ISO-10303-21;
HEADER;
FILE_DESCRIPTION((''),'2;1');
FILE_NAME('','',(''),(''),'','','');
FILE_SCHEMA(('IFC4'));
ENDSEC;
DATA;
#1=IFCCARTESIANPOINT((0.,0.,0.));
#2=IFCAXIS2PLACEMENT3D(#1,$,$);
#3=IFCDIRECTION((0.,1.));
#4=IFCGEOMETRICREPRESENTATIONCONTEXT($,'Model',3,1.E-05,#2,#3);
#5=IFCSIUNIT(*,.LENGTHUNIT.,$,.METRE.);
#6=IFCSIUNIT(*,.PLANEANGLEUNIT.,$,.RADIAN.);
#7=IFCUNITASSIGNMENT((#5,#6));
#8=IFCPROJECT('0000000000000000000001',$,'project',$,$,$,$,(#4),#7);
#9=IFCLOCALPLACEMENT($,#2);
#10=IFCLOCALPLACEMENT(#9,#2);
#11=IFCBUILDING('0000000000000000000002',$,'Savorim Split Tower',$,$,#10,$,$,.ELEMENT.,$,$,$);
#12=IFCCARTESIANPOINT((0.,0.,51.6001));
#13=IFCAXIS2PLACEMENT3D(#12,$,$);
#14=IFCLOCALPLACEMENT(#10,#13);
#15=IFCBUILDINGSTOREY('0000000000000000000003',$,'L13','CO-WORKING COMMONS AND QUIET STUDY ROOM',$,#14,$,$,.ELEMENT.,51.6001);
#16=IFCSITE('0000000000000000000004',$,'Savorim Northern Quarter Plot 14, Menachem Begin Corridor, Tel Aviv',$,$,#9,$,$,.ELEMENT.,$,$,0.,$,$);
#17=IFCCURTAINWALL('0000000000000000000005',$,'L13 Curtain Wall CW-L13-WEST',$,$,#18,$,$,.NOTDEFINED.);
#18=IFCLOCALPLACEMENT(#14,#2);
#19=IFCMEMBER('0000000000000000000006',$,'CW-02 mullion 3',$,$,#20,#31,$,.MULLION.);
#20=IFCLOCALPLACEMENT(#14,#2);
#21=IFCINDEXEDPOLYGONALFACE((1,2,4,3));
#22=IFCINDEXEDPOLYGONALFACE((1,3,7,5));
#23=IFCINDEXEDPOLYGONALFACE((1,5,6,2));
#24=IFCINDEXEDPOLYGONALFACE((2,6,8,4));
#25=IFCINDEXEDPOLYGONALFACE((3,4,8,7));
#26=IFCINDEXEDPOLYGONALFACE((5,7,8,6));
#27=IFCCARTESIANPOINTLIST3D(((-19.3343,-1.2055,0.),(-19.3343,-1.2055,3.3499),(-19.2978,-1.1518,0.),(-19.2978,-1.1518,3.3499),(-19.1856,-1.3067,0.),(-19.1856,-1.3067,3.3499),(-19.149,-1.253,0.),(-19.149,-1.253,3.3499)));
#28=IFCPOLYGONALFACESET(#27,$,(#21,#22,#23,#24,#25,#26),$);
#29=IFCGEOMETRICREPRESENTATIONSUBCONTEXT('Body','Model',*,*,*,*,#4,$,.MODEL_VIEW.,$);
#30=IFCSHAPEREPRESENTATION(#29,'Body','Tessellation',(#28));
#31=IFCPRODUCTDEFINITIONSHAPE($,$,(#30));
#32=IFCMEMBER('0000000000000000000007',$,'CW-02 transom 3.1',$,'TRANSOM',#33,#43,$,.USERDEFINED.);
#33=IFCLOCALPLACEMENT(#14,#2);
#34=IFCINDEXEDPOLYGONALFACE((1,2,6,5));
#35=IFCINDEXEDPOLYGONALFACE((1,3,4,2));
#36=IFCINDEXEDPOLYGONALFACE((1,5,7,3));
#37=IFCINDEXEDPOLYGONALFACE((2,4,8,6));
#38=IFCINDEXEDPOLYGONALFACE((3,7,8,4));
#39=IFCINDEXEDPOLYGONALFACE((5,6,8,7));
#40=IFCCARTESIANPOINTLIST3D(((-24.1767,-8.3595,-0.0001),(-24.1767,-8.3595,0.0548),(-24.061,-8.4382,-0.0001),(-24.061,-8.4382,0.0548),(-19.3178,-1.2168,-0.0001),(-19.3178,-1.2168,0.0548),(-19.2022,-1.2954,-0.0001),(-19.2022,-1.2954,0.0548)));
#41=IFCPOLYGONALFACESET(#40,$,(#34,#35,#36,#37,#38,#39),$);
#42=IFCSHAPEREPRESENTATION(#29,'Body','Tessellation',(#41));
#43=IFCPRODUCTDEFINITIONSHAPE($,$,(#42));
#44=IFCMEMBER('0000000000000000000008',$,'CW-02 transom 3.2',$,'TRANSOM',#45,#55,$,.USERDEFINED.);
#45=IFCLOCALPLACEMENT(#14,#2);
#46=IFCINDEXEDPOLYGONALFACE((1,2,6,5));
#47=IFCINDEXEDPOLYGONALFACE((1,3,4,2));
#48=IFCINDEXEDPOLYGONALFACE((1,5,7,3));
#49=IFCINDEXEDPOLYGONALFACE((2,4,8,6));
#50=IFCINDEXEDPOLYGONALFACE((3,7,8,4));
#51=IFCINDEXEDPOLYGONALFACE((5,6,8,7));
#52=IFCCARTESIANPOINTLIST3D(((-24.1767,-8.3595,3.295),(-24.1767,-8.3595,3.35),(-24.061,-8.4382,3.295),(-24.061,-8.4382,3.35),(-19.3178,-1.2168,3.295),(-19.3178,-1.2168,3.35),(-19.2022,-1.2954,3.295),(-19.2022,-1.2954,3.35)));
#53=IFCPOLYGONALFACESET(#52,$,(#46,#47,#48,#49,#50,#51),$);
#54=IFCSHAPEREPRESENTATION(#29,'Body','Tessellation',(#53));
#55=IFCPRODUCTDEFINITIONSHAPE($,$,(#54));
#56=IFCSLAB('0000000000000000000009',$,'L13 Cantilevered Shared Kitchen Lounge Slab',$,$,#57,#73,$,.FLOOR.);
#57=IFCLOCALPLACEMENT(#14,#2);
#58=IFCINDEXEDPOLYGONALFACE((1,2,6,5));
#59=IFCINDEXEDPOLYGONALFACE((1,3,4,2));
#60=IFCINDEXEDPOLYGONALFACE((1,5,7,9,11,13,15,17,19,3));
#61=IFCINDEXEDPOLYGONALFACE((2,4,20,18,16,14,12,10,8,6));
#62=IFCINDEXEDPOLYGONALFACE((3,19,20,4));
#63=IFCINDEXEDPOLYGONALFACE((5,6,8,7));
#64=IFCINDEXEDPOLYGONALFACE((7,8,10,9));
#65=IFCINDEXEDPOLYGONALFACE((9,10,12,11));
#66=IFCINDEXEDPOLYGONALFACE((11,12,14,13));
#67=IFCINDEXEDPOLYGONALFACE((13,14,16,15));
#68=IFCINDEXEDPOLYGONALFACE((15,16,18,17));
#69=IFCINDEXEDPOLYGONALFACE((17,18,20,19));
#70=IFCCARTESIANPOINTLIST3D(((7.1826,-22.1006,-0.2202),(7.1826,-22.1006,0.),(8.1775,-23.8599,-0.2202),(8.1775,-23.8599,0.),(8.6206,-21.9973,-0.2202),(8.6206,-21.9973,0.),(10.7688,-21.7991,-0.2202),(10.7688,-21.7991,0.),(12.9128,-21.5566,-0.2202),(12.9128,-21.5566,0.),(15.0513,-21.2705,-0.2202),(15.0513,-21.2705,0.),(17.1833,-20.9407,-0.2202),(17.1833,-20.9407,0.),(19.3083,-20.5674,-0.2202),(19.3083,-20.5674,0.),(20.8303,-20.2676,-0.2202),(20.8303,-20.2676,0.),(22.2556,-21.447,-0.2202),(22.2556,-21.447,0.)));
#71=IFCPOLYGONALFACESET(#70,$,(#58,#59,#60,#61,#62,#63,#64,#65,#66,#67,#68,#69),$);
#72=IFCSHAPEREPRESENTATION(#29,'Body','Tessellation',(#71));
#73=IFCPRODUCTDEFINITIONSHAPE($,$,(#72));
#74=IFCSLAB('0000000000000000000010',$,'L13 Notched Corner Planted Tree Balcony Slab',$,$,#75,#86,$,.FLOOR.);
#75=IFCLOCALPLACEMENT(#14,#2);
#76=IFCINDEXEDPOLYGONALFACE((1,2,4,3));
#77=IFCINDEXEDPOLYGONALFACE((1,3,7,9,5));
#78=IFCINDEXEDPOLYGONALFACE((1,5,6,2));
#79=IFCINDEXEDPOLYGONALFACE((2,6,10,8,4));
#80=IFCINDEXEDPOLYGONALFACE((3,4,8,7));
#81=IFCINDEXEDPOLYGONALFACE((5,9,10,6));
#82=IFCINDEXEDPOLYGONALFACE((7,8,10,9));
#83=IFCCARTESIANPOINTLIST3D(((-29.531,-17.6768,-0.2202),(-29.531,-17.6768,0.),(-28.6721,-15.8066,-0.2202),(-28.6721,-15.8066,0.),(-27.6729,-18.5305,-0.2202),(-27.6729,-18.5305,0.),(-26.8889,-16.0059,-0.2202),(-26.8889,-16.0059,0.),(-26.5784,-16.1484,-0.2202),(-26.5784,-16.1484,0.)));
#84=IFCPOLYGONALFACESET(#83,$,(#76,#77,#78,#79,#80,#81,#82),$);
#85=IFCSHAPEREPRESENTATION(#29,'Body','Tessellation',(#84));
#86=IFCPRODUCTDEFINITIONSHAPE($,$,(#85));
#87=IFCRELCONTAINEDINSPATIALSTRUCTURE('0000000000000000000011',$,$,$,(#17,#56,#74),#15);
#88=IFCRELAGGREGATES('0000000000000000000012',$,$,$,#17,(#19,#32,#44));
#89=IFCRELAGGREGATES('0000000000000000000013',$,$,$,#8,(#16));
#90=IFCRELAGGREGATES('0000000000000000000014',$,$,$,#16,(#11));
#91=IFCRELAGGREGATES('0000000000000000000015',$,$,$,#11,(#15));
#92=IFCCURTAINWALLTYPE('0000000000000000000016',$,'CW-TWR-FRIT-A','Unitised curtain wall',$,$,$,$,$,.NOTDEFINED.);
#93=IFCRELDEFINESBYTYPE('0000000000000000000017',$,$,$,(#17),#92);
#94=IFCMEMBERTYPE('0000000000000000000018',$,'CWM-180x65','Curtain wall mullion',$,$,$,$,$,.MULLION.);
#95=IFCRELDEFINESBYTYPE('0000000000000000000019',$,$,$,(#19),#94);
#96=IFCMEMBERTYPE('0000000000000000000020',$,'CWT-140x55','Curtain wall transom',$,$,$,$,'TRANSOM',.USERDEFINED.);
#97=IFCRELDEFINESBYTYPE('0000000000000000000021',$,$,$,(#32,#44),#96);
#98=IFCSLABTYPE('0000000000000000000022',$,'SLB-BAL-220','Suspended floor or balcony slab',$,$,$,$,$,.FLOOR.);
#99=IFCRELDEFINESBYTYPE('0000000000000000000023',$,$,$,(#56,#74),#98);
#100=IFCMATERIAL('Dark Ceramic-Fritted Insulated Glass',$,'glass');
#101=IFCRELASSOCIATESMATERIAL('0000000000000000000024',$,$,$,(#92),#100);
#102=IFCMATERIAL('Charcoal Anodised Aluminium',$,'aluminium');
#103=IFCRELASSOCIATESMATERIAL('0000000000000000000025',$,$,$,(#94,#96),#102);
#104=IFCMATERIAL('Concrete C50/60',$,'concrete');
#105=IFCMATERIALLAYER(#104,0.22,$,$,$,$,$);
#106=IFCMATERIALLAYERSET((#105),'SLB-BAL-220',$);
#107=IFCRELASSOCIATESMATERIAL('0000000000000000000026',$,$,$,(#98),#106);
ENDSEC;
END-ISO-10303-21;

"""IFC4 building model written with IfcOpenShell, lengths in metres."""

from ifc_helpers import new_model, si_unit, direction, frame, origin, origin_2d, place, context, subcontext, project, spatial, polyline, rectangle, outline, extrude, material, layer, layer_set, material_profile, profile_set, type_object, element, aggregate, save


model = new_model("IFC4")

# Units and contexts
model_context = context("Model", 3, precision=1e-05, world=origin(), true_north=direction((0.0, 1.0)))
body_context = subcontext(model_context, "Body", "Model", "MODEL_VIEW")
ifc_project = project(units=[si_unit("LENGTHUNIT", "METRE"), si_unit("PLANEANGLEUNIT", "RADIAN")], contexts=[model_context])

# Site, building, storey
site_placement = place(None, origin())
site = spatial("IfcSite", under=ifc_project, at=site_placement, Name="Savorim Northern Quarter Plot 14, Menachem Begin Corridor, Tel Aviv", CompositionType="ELEMENT", RefElevation=0.0)
building_placement = place(site_placement, origin())
building = spatial("IfcBuilding", under=site, at=building_placement, Name="Savorim Split Tower", CompositionType="ELEMENT")
storey_placement = place(building_placement, frame((0.0, 0.0, 51.6001)))
storey = spatial("IfcBuildingStorey", under=building, at=storey_placement, Name="L13", Description="CO-WORKING COMMONS AND QUIET STUDY ROOM", CompositionType="ELEMENT", Elevation=51.6001)

# Curtain wall, members
ifc_material_1 = material(Name="Dark Ceramic-Fritted Insulated Glass", Category="glass")
curtain_wall_type = type_object("IfcCurtainWallType", Name="CW-TWR-FRIT-A", Description="Unitised curtain wall", PredefinedType="NOTDEFINED", material=ifc_material_1)
curtain_wall_placement = place(storey_placement, origin())
curtain_wall = element("IfcCurtainWall", 1, at=curtain_wall_placement, inside=storey, type_object=curtain_wall_type, Name="L13 Curtain Wall CW-L13-WEST", PredefinedType="NOTDEFINED")
ifc_material_2 = material(Name="Charcoal Anodised Aluminium", Category="aluminium")
ifc_material_profile_1 = material_profile(ifc_material_2, rectangle(XDim=0.1799, YDim=0.0649, at=origin_2d()), Name="ALU-M 180x65")
ifc_profile_set_1 = profile_set([ifc_material_profile_1], Name="Charcoal Anodised Aluminium")
member_type_1 = type_object("IfcMemberType", Name="CWM-180x65", Description="Curtain wall mullion", PredefinedType="MULLION", material=ifc_profile_set_1)
member_1_placement = place(storey_placement, frame((-19.2417, -1.2292, 0.0), z_axis=(0.0, 0.0, 1.0), x_axis=(0.82682, -0.562466, 0.0)))
member_1 = element("IfcMember", 2, at=member_1_placement, type_object=member_type_1, Name="CW-02 mullion 3", PredefinedType="MULLION", context=body_context, shape_type="SweptSolid", body=[
    extrude(rectangle(XDim=0.1799, YDim=0.0649, at=origin_2d()), origin(), (0.0, 0.0, 1.0), 3.3499),
])
ifc_material_profile_2 = material_profile(ifc_material_2, rectangle(XDim=0.1399, YDim=0.0549, at=origin_2d()), Name="ALU-T 140x55")
ifc_profile_set_2 = profile_set([ifc_material_profile_2], Name="Charcoal Anodised Aluminium")
member_type_2 = type_object("IfcMemberType", Name="CWT-140x55", Description="Curtain wall transom", ElementType="TRANSOM", PredefinedType="USERDEFINED", material=ifc_profile_set_2)
member_2_placement = place(storey_placement, frame((-19.26, -1.2561, 0.0273), z_axis=(-0.56245, -0.826831, 0.0), x_axis=(0.826831, -0.56245, 0.0)))
member_2 = element("IfcMember", 3, at=member_2_placement, type_object=member_type_2, Name="CW-02 transom 3.1", ObjectType="TRANSOM", PredefinedType="USERDEFINED", context=body_context, shape_type="SweptSolid", body=[
    extrude(rectangle(XDim=0.1399, YDim=0.0549, at=origin_2d()), origin(), (0.0, 0.0, 1.0), 8.6387),
])
member_3_placement = place(storey_placement, frame((-19.26, -1.2561, 3.3225), z_axis=(-0.56245, -0.826831, 0.0), x_axis=(0.826831, -0.56245, 0.0)))
member_3 = element("IfcMember", 4, at=member_3_placement, type_object=member_type_2, Name="CW-02 transom 3.2", ObjectType="TRANSOM", PredefinedType="USERDEFINED", context=body_context, shape_type="SweptSolid", body=[
    extrude(rectangle(XDim=0.1399, YDim=0.0549, at=origin_2d()), origin(), (0.0, 0.0, 1.0), 8.6387),
])
aggregate(curtain_wall, [member_1, member_2, member_3])

# Slabs
ifc_material_3 = material(Name="Concrete C50/60", Category="concrete")
ifc_layer_1 = layer(ifc_material_3, 0.22)
ifc_layer_set_1 = layer_set([ifc_layer_1], Name="SLB-BAL-220")
slab_type_1 = type_object("IfcSlabType", Name="SLB-BAL-220", Description="Suspended floor or balcony slab", PredefinedType="FLOOR", material=ifc_layer_set_1)
slab_1_placement = place(storey_placement, frame((0.0, 0.0, -0.2202)))
element("IfcSlab", 5, at=slab_1_placement, inside=storey, type_object=slab_type_1, Name="L13 Cantilevered Shared Kitchen Lounge Slab", PredefinedType="FLOOR", context=body_context, shape_type="SweptSolid", body=[
    extrude(outline(polyline([(20.8303, -20.2676), (19.3083, -20.5674), (17.1833, -20.9407), (15.0513, -21.2705), (12.9128, -21.5566), (10.7688, -21.7991), (8.6206, -21.9973), (7.1826, -22.1006), (8.1775, -23.8599), (22.2556, -21.447), (20.8303, -20.2676)])), origin(), (0.0, 0.0, 1.0), 0.2202),
])
slab_2_placement = place(storey_placement, frame((0.0, 0.0, -0.2202)))
element("IfcSlab", 6, at=slab_2_placement, inside=storey, type_object=slab_type_1, Name="L13 Notched Corner Planted Tree Balcony Slab", PredefinedType="FLOOR", context=body_context, shape_type="SweptSolid", body=[
    extrude(outline(polyline([(-27.6729, -18.5305), (-26.5784, -16.1484), (-26.8889, -16.0059), (-28.6721, -15.8066), (-29.531, -17.6768), (-27.6729, -18.5305)])), origin(), (0.0, 0.0, 1.0), 0.2202),
])

save(model, "model.ifc")
